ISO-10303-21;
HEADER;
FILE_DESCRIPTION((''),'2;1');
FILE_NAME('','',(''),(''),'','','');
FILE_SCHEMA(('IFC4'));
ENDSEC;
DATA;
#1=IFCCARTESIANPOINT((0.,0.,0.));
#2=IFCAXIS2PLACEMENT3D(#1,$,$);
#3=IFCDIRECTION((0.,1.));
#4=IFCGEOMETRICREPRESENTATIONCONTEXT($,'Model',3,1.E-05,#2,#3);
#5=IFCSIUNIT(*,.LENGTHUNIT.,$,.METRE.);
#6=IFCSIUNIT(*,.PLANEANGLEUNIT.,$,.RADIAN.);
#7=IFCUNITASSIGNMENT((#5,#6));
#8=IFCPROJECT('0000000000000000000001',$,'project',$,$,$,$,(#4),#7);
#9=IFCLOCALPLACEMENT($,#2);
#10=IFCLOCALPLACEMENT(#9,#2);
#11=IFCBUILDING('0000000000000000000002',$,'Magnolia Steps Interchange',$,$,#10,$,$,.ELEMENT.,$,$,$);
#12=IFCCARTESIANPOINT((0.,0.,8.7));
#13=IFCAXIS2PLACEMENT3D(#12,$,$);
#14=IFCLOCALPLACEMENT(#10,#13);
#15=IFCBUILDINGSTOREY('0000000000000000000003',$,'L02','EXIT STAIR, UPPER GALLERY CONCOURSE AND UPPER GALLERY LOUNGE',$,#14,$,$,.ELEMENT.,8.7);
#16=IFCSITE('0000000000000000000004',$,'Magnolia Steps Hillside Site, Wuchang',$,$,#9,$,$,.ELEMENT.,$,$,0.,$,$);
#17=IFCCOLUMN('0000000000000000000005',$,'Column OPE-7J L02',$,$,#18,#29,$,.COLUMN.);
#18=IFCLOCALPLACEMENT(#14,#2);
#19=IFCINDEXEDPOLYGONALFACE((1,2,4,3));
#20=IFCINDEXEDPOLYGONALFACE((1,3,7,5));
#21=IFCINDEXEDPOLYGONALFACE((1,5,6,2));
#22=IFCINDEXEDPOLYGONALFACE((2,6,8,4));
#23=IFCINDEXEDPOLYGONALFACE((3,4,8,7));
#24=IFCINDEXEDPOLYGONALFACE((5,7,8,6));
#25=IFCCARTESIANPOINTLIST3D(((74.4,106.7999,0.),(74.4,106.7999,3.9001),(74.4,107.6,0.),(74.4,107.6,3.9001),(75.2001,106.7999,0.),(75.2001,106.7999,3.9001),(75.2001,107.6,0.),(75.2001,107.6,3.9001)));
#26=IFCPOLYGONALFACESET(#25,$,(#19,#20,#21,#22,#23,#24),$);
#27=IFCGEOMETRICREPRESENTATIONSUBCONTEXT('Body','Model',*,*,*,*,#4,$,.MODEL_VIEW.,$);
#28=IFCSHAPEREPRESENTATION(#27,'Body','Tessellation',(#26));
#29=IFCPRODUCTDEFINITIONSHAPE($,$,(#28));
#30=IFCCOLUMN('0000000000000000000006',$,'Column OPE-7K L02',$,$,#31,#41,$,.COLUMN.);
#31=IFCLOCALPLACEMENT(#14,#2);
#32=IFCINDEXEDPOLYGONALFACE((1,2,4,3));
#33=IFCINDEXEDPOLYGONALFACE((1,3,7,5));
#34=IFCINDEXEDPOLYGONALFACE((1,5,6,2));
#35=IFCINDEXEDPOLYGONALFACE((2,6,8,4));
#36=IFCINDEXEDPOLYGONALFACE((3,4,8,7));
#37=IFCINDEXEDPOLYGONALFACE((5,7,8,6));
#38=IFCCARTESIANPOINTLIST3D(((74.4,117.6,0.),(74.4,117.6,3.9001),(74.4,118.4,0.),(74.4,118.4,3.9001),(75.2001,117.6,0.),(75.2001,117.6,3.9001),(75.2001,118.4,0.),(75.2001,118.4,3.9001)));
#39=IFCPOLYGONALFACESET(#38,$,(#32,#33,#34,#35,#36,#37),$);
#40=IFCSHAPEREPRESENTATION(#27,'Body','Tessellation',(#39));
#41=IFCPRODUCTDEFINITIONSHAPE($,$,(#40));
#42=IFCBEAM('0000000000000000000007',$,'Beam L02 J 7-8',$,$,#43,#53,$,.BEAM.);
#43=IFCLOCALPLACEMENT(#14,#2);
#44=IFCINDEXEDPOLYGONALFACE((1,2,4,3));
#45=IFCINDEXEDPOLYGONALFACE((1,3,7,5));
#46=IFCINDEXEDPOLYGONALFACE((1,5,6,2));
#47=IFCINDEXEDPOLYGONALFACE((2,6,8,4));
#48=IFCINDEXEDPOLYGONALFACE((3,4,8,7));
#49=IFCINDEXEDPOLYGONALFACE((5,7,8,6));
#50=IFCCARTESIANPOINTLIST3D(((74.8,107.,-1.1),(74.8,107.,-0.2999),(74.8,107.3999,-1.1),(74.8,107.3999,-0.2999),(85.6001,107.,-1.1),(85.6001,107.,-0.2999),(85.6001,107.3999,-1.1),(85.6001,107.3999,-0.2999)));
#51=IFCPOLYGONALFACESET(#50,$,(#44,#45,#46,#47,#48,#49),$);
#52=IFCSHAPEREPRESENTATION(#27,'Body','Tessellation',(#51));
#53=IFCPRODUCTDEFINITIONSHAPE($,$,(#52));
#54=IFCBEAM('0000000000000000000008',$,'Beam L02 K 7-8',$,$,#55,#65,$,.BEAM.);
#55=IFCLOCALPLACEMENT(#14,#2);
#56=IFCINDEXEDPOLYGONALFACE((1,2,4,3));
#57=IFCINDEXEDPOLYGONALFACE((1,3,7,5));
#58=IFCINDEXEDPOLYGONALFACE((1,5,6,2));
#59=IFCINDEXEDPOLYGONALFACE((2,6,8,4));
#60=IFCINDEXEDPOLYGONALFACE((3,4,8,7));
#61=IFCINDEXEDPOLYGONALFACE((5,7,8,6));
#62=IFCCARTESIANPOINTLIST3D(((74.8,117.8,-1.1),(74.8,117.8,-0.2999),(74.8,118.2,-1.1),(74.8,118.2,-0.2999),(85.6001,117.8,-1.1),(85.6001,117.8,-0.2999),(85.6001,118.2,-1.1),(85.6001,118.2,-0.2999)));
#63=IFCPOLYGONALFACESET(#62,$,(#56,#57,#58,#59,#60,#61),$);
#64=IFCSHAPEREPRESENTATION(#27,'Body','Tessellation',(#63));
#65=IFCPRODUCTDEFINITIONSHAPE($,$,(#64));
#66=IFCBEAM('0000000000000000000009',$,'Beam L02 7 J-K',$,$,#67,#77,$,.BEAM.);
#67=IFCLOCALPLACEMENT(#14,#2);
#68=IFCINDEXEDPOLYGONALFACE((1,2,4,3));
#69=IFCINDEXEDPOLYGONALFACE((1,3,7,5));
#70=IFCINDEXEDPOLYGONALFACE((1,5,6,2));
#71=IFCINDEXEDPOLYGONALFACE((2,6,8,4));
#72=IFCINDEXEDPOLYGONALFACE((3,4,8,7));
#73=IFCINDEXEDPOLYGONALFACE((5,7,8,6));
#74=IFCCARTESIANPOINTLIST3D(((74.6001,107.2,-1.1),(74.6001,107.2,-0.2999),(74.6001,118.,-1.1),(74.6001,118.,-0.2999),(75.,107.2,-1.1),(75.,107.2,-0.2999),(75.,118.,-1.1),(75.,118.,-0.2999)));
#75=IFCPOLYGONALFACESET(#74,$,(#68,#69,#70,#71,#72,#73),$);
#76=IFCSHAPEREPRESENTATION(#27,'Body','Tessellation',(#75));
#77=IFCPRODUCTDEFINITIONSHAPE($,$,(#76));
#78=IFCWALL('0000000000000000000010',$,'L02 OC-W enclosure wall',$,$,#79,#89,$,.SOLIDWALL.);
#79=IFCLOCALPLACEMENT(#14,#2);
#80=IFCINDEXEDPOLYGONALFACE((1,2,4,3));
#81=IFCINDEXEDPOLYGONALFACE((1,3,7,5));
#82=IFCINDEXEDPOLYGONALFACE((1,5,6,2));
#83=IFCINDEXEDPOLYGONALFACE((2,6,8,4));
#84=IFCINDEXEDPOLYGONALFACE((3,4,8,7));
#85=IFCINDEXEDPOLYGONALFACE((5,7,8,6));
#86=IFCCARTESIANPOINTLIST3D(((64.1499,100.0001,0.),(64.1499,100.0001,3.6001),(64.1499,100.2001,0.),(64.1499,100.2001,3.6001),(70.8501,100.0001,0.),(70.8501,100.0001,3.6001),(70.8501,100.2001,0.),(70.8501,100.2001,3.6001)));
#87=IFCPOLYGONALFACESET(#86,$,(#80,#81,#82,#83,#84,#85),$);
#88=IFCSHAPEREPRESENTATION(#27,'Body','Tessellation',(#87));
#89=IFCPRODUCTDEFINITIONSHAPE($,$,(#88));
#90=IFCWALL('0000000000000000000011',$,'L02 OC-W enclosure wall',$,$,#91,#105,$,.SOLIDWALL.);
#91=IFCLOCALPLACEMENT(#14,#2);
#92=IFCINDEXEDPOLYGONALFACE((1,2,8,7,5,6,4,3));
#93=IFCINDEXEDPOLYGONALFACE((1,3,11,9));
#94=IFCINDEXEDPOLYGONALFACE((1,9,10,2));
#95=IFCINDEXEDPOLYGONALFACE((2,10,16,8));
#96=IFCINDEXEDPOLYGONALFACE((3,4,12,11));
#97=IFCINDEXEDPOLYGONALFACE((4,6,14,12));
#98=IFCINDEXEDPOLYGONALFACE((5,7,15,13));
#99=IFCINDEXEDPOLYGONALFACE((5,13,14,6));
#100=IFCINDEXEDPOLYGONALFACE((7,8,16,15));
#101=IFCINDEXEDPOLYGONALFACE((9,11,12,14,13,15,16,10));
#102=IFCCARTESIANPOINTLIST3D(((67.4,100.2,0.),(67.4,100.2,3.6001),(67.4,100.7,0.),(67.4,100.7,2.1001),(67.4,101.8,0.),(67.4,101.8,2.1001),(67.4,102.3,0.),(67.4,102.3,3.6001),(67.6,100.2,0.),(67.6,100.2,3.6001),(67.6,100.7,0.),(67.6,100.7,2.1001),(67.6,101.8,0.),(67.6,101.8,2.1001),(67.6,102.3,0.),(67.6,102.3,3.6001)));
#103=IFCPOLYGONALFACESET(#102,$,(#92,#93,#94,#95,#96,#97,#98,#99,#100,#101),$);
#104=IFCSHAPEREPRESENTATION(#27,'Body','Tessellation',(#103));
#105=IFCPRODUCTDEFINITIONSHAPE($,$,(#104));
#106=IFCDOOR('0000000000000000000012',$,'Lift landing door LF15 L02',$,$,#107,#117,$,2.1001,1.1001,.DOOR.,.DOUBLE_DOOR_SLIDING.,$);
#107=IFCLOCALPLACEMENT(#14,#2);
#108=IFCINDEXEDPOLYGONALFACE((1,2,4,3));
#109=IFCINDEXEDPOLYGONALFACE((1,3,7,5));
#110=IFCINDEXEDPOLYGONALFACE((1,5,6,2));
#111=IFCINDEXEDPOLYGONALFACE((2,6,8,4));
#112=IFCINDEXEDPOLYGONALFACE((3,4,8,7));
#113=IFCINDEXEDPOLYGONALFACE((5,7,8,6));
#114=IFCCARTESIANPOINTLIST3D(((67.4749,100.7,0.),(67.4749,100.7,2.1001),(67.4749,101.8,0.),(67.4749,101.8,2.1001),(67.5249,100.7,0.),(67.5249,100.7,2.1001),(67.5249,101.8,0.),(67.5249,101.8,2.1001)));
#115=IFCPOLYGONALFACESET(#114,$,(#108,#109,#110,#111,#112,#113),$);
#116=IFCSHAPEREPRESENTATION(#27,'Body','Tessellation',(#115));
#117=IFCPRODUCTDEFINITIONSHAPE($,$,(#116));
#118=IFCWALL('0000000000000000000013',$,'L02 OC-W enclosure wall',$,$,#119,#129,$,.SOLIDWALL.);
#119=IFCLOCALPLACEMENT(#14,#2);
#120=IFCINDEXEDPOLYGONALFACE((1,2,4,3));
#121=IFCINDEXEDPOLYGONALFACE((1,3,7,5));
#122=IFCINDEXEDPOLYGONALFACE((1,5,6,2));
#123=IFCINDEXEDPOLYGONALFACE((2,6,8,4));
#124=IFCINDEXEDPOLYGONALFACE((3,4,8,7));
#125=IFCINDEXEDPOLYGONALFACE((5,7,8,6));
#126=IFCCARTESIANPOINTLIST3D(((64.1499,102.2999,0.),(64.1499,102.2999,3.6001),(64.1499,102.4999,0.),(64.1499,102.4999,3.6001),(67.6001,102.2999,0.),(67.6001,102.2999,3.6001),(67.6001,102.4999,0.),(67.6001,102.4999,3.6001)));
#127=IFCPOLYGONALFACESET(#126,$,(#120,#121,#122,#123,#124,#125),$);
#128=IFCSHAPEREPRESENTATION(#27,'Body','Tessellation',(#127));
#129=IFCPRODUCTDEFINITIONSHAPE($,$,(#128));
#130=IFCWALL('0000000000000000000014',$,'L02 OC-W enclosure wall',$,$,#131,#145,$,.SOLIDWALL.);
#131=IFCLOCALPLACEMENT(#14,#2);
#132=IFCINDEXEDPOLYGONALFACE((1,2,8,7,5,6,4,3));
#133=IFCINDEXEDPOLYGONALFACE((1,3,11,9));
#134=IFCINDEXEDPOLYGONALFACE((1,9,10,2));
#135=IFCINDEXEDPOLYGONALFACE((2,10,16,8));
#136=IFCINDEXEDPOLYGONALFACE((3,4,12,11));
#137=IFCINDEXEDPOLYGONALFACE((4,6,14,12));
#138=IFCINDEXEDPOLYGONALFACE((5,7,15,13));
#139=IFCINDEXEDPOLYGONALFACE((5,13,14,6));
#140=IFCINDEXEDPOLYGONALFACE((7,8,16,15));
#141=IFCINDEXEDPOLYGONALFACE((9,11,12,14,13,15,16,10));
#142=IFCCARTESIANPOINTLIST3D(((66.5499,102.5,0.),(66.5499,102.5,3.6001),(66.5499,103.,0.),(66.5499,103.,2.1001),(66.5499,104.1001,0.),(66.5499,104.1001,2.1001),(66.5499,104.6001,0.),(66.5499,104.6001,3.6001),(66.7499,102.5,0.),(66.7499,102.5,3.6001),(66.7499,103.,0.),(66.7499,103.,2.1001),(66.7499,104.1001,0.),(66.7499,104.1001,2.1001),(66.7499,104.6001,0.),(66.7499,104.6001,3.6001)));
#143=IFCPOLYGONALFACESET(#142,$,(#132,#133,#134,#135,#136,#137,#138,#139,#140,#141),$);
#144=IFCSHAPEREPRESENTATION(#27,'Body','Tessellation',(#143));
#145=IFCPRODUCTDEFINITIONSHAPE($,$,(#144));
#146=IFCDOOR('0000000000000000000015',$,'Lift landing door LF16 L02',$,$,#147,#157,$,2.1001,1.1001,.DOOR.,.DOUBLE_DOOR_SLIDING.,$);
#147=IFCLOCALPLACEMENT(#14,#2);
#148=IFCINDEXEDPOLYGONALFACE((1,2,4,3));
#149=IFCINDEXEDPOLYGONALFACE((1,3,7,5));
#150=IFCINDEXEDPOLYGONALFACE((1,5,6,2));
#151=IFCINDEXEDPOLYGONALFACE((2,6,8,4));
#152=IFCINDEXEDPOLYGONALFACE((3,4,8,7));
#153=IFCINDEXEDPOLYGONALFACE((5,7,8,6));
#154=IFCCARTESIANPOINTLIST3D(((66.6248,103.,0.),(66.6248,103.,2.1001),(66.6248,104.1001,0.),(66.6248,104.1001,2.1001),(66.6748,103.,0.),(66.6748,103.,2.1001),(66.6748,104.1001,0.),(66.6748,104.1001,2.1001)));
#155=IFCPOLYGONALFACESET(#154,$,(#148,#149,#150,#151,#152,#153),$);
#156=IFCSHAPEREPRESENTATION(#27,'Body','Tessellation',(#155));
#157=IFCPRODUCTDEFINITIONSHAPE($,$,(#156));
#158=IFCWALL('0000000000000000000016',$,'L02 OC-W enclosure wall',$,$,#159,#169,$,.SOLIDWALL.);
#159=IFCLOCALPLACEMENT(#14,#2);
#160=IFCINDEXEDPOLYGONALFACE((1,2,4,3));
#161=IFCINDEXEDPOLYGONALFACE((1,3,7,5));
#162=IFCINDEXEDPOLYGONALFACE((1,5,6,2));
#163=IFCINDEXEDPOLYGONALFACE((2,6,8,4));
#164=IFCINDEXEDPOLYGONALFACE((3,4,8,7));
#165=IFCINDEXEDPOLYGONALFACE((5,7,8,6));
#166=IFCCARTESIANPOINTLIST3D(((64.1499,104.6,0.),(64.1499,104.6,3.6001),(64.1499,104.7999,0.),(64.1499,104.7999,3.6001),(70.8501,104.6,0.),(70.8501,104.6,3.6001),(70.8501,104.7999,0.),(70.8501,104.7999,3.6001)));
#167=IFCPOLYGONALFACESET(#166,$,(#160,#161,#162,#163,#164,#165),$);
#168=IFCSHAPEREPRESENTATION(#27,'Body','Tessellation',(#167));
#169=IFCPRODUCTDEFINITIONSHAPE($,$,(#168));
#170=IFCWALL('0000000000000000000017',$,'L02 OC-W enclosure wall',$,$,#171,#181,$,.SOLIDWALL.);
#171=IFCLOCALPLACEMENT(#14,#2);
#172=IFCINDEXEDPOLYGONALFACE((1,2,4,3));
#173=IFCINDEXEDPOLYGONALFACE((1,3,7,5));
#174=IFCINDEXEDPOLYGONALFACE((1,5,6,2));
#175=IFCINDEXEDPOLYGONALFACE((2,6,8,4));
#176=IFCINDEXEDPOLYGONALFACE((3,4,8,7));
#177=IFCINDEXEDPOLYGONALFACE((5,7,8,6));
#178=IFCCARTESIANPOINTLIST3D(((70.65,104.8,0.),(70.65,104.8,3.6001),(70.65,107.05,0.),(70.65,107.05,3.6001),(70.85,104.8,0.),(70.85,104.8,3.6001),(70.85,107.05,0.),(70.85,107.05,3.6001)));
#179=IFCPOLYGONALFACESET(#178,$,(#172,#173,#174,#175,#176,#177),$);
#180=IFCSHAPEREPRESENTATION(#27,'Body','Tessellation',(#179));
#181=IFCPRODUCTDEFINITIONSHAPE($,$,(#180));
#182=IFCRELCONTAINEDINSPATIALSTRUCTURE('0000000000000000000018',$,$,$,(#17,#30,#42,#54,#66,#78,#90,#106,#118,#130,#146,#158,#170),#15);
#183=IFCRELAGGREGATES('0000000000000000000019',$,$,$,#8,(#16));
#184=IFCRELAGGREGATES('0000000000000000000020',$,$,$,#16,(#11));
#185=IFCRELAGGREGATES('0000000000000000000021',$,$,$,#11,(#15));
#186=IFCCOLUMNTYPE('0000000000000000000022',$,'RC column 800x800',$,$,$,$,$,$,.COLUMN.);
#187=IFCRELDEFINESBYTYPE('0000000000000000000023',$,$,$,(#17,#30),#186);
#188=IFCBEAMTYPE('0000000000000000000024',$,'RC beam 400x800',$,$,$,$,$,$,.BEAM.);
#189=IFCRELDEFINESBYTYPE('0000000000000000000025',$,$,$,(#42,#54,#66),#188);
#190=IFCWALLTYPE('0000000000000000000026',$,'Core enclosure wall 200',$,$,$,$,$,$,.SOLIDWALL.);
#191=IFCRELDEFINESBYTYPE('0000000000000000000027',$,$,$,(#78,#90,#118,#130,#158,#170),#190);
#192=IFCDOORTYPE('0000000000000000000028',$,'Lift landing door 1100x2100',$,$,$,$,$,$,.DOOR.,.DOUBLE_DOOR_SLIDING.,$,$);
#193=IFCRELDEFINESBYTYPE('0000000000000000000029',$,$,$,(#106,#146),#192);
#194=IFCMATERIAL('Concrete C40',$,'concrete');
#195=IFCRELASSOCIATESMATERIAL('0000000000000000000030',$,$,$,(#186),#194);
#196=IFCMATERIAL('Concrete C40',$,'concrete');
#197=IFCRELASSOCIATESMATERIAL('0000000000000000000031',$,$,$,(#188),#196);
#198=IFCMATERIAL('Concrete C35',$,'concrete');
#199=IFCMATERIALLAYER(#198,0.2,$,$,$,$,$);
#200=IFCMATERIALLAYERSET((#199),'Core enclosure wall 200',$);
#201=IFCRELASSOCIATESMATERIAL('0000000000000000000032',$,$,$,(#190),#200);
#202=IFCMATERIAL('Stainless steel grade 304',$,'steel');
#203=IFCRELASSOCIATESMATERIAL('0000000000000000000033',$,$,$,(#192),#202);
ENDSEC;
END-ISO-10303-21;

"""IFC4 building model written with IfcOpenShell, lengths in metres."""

from ifc_helpers import new_model, si_unit, direction, frame, frame_2d, origin, origin_2d, place, context, subcontext, project, spatial, rectangle, extrude, material, layer, layer_set, material_profile, profile_set, type_object, element, fill, save


model = new_model("IFC4")

# Units and contexts
model_context = context("Model", 3, precision=1e-05, world=origin(), true_north=direction((0.0, 1.0)))
body_context = subcontext(model_context, "Body", "Model", "MODEL_VIEW")
ifc_project = project(units=[si_unit("LENGTHUNIT", "METRE"), si_unit("PLANEANGLEUNIT", "RADIAN")], contexts=[model_context])

# Site, building, storey
site_placement = place(None, origin())
site = spatial("IfcSite", under=ifc_project, at=site_placement, Name="Magnolia Steps Hillside Site, Wuchang", CompositionType="ELEMENT", RefElevation=0.0)
building_placement = place(site_placement, origin())
building = spatial("IfcBuilding", under=site, at=building_placement, Name="Magnolia Steps Interchange", CompositionType="ELEMENT")
storey_placement = place(building_placement, frame((0.0, 0.0, 8.7)))
storey = spatial("IfcBuildingStorey", under=building, at=storey_placement, Name="L02", Description="EXIT STAIR, UPPER GALLERY CONCOURSE AND UPPER GALLERY LOUNGE", CompositionType="ELEMENT", Elevation=8.7)

# Columns
ifc_material_1 = material(Name="Concrete C40", Category="concrete")
ifc_material_profile_1 = material_profile(ifc_material_1, rectangle(XDim=0.8, YDim=0.8, at=origin_2d()), Name="RC800x800")
ifc_profile_set_1 = profile_set([ifc_material_profile_1], Name="Concrete C40")
column_type = type_object("IfcColumnType", Name="RC column 800x800", PredefinedType="COLUMN", material=ifc_profile_set_1)
for number, where, z_axis, x_axis, name in (
    (1, (74.8, 107.2, 0.0), (0.0, 0.0, 1.0), (1.0, 0.0, 0.0), "Column OPE-7J L02"),
    (2, (74.8, 118.0, 0.0), (0.0, 0.0, 1.0), (1.0, 0.0, 0.0), "Column OPE-7K L02"),
):
    element("IfcColumn", number, at=place(storey_placement, frame(where, z_axis=z_axis, x_axis=x_axis)), inside=storey, type_object=column_type, Name=name, PredefinedType="COLUMN", context=body_context, shape_type="SweptSolid", body=[
        extrude(rectangle(XDim=0.8, YDim=0.8, at=origin_2d()), origin(), (0.0, 0.0, 1.0), 3.9001),
    ])

# Beams
ifc_material_2 = material(Name="Concrete C40", Category="concrete")
ifc_material_profile_2 = material_profile(ifc_material_2, rectangle(XDim=0.3999, YDim=0.8, at=origin_2d()), Name="RC400x800")
ifc_profile_set_2 = profile_set([ifc_material_profile_2], Name="Concrete C40")
beam_type = type_object("IfcBeamType", Name="RC beam 400x800", PredefinedType="BEAM", material=ifc_profile_set_2)
for number, where, z_axis, x_axis, name in (
    (3, (74.8, 107.2, -0.7), (1.0, 0.0, 0.0), (0.0, 1.0, 0.0), "Beam L02 J 7-8"),
    (4, (74.8, 118.0, -0.7), (1.0, 0.0, 0.0), (0.0, 1.0, 0.0), "Beam L02 K 7-8"),
    (5, (74.8, 107.2, -0.7), (0.0, 1.0, 0.0), (-1.0, 0.0, 0.0), "Beam L02 7 J-K"),
):
    element("IfcBeam", number, at=place(storey_placement, frame(where, z_axis=z_axis, x_axis=x_axis)), inside=storey, type_object=beam_type, Name=name, PredefinedType="BEAM", context=body_context, shape_type="SweptSolid", body=[
        extrude(rectangle(XDim=0.3999, YDim=0.8, at=origin_2d()), origin(), (0.0, 0.0, 1.0), 10.8),
    ])

# Wall
ifc_material_3 = material(Name="Concrete C35", Category="concrete")
ifc_layer_1 = layer(ifc_material_3, 0.2)
ifc_layer_set_1 = layer_set([ifc_layer_1], Name="Core enclosure wall 200")
wall_type_1 = type_object("IfcWallType", Name="Core enclosure wall 200", PredefinedType="SOLIDWALL", material=ifc_layer_set_1)
wall_1_placement = place(storey_placement, frame((70.8501, 100.1001, 0.0), z_axis=(0.0, 0.0, 1.0), x_axis=(-1.0, 0.0, 0.0)))
element("IfcWall", 6, at=wall_1_placement, inside=storey, type_object=wall_type_1, Name="L02 OC-W enclosure wall", PredefinedType="SOLIDWALL", context=body_context, shape_type="SweptSolid", body=[
    extrude(rectangle(XDim=6.7002, YDim=0.2, at=frame_2d((3.3501, 0.0))), origin(), (0.0, 0.0, 1.0), 3.6001),
])

# Wall, opening, door
wall_2_placement = place(storey_placement, frame((67.5, 100.2, 0.0), z_axis=(0.0, 0.0, 1.0), x_axis=(0.0, 1.0, 0.0)))
wall_2 = element("IfcWall", 7, at=wall_2_placement, inside=storey, type_object=wall_type_1, Name="L02 OC-W enclosure wall", PredefinedType="SOLIDWALL", context=body_context, shape_type="SweptSolid", body=[
    extrude(rectangle(XDim=2.1001, YDim=0.2, at=frame_2d((1.05, 0.0))), origin(), (0.0, 0.0, 1.0), 3.6001),
])
opening_1_placement = place(wall_2_placement, frame((0.5, 0.0, 0.0)))
opening_1 = element("IfcOpeningElement", 8, at=opening_1_placement, cuts=wall_2, PredefinedType="OPENING", context=body_context, shape_type="SweptSolid", body=[
    extrude(rectangle(XDim=1.1001, YDim=2.1001, at=frame_2d((0.55, 1.05))), frame((0.0, 0.1099, 0.0), z_axis=(0.0, -1.0, 0.0), x_axis=(1.0, 0.0, 0.0)), (0.0, 0.0, 1.0), 0.22),
])
ifc_material_4 = material(Name="Stainless steel grade 304", Category="steel")
door_type_1 = type_object("IfcDoorType", Name="Lift landing door 1100x2100", OperationType="DOUBLE_DOOR_SLIDING", PredefinedType="DOOR", material=ifc_material_4)
door_1_placement = place(opening_1_placement, frame((1.1001, 0.0, 0.0), z_axis=(0.0, 0.0, 1.0), x_axis=(-1.0, 0.0, 0.0)))
door_1 = element("IfcDoor", 9, at=door_1_placement, inside=storey, type_object=door_type_1, Name="Lift landing door LF15 L02", OperationType="DOUBLE_DOOR_SLIDING", OverallHeight=2.1001, OverallWidth=1.1001, PredefinedType="DOOR", context=body_context, shape_type="SweptSolid", body=[
    extrude(rectangle(XDim=1.1001, YDim=2.1001, at=frame_2d((0.55, 1.05))), frame((0.0, 0.0249, 0.0), z_axis=(0.0, -1.0, 0.0), x_axis=(1.0, 0.0, 0.0)), (0.0, 0.0, 1.0), 0.05),
])
fill(opening_1, door_1)

# Wall
wall_3_placement = place(storey_placement, frame((67.6001, 102.3999, 0.0), z_axis=(0.0, 0.0, 1.0), x_axis=(-1.0, 0.0, 0.0)))
element("IfcWall", 10, at=wall_3_placement, inside=storey, type_object=wall_type_1, Name="L02 OC-W enclosure wall", PredefinedType="SOLIDWALL", context=body_context, shape_type="SweptSolid", body=[
    extrude(rectangle(XDim=3.4502, YDim=0.2, at=frame_2d((1.7251, 0.0))), origin(), (0.0, 0.0, 1.0), 3.6001),
])

# Wall, opening, door
wall_4_placement = place(storey_placement, frame((66.6499, 102.5, 0.0), z_axis=(0.0, 0.0, 1.0), x_axis=(0.0, 1.0, 0.0)))
wall_4 = element("IfcWall", 11, at=wall_4_placement, inside=storey, type_object=wall_type_1, Name="L02 OC-W enclosure wall", PredefinedType="SOLIDWALL", context=body_context, shape_type="SweptSolid", body=[
    extrude(rectangle(XDim=2.1001, YDim=0.2, at=frame_2d((1.05, 0.0))), origin(), (0.0, 0.0, 1.0), 3.6001),
])
opening_2_placement = place(wall_4_placement, frame((0.5, 0.0, 0.0)))
opening_2 = element("IfcOpeningElement", 12, at=opening_2_placement, cuts=wall_4, PredefinedType="OPENING", context=body_context, shape_type="SweptSolid", body=[
    extrude(rectangle(XDim=1.1001, YDim=2.1001, at=frame_2d((0.55, 1.05))), frame((0.0, 0.1099, 0.0), z_axis=(0.0, -1.0, 0.0), x_axis=(1.0, 0.0, 0.0)), (0.0, 0.0, 1.0), 0.22),
])
door_2_placement = place(opening_2_placement, frame((1.1001, 0.0, 0.0), z_axis=(0.0, 0.0, 1.0), x_axis=(-1.0, 0.0, 0.0)))
door_2 = element("IfcDoor", 13, at=door_2_placement, inside=storey, type_object=door_type_1, Name="Lift landing door LF16 L02", OperationType="DOUBLE_DOOR_SLIDING", OverallHeight=2.1001, OverallWidth=1.1001, PredefinedType="DOOR", context=body_context, shape_type="SweptSolid", body=[
    extrude(rectangle(XDim=1.1001, YDim=2.1001, at=frame_2d((0.55, 1.05))), frame((0.0, 0.0249, 0.0), z_axis=(0.0, -1.0, 0.0), x_axis=(1.0, 0.0, 0.0)), (0.0, 0.0, 1.0), 0.05),
])
fill(opening_2, door_2)

# Walls
wall_5_placement = place(storey_placement, frame((70.8501, 104.7, 0.0), z_axis=(0.0, 0.0, 1.0), x_axis=(-1.0, 0.0, 0.0)))
element("IfcWall", 14, at=wall_5_placement, inside=storey, type_object=wall_type_1, Name="L02 OC-W enclosure wall", PredefinedType="SOLIDWALL", context=body_context, shape_type="SweptSolid", body=[
    extrude(rectangle(XDim=6.7002, YDim=0.2, at=frame_2d((3.3501, 0.0))), origin(), (0.0, 0.0, 1.0), 3.6001),
])
wall_6_placement = place(storey_placement, frame((70.75, 104.8, 0.0), z_axis=(0.0, 0.0, 1.0), x_axis=(0.0, 1.0, 0.0)))
element("IfcWall", 15, at=wall_6_placement, inside=storey, type_object=wall_type_1, Name="L02 OC-W enclosure wall", PredefinedType="SOLIDWALL", context=body_context, shape_type="SweptSolid", body=[
    extrude(rectangle(XDim=2.25, YDim=0.2, at=frame_2d((1.125, 0.0))), origin(), (0.0, 0.0, 1.0), 3.6001),
])

save(model, "model.ifc")
